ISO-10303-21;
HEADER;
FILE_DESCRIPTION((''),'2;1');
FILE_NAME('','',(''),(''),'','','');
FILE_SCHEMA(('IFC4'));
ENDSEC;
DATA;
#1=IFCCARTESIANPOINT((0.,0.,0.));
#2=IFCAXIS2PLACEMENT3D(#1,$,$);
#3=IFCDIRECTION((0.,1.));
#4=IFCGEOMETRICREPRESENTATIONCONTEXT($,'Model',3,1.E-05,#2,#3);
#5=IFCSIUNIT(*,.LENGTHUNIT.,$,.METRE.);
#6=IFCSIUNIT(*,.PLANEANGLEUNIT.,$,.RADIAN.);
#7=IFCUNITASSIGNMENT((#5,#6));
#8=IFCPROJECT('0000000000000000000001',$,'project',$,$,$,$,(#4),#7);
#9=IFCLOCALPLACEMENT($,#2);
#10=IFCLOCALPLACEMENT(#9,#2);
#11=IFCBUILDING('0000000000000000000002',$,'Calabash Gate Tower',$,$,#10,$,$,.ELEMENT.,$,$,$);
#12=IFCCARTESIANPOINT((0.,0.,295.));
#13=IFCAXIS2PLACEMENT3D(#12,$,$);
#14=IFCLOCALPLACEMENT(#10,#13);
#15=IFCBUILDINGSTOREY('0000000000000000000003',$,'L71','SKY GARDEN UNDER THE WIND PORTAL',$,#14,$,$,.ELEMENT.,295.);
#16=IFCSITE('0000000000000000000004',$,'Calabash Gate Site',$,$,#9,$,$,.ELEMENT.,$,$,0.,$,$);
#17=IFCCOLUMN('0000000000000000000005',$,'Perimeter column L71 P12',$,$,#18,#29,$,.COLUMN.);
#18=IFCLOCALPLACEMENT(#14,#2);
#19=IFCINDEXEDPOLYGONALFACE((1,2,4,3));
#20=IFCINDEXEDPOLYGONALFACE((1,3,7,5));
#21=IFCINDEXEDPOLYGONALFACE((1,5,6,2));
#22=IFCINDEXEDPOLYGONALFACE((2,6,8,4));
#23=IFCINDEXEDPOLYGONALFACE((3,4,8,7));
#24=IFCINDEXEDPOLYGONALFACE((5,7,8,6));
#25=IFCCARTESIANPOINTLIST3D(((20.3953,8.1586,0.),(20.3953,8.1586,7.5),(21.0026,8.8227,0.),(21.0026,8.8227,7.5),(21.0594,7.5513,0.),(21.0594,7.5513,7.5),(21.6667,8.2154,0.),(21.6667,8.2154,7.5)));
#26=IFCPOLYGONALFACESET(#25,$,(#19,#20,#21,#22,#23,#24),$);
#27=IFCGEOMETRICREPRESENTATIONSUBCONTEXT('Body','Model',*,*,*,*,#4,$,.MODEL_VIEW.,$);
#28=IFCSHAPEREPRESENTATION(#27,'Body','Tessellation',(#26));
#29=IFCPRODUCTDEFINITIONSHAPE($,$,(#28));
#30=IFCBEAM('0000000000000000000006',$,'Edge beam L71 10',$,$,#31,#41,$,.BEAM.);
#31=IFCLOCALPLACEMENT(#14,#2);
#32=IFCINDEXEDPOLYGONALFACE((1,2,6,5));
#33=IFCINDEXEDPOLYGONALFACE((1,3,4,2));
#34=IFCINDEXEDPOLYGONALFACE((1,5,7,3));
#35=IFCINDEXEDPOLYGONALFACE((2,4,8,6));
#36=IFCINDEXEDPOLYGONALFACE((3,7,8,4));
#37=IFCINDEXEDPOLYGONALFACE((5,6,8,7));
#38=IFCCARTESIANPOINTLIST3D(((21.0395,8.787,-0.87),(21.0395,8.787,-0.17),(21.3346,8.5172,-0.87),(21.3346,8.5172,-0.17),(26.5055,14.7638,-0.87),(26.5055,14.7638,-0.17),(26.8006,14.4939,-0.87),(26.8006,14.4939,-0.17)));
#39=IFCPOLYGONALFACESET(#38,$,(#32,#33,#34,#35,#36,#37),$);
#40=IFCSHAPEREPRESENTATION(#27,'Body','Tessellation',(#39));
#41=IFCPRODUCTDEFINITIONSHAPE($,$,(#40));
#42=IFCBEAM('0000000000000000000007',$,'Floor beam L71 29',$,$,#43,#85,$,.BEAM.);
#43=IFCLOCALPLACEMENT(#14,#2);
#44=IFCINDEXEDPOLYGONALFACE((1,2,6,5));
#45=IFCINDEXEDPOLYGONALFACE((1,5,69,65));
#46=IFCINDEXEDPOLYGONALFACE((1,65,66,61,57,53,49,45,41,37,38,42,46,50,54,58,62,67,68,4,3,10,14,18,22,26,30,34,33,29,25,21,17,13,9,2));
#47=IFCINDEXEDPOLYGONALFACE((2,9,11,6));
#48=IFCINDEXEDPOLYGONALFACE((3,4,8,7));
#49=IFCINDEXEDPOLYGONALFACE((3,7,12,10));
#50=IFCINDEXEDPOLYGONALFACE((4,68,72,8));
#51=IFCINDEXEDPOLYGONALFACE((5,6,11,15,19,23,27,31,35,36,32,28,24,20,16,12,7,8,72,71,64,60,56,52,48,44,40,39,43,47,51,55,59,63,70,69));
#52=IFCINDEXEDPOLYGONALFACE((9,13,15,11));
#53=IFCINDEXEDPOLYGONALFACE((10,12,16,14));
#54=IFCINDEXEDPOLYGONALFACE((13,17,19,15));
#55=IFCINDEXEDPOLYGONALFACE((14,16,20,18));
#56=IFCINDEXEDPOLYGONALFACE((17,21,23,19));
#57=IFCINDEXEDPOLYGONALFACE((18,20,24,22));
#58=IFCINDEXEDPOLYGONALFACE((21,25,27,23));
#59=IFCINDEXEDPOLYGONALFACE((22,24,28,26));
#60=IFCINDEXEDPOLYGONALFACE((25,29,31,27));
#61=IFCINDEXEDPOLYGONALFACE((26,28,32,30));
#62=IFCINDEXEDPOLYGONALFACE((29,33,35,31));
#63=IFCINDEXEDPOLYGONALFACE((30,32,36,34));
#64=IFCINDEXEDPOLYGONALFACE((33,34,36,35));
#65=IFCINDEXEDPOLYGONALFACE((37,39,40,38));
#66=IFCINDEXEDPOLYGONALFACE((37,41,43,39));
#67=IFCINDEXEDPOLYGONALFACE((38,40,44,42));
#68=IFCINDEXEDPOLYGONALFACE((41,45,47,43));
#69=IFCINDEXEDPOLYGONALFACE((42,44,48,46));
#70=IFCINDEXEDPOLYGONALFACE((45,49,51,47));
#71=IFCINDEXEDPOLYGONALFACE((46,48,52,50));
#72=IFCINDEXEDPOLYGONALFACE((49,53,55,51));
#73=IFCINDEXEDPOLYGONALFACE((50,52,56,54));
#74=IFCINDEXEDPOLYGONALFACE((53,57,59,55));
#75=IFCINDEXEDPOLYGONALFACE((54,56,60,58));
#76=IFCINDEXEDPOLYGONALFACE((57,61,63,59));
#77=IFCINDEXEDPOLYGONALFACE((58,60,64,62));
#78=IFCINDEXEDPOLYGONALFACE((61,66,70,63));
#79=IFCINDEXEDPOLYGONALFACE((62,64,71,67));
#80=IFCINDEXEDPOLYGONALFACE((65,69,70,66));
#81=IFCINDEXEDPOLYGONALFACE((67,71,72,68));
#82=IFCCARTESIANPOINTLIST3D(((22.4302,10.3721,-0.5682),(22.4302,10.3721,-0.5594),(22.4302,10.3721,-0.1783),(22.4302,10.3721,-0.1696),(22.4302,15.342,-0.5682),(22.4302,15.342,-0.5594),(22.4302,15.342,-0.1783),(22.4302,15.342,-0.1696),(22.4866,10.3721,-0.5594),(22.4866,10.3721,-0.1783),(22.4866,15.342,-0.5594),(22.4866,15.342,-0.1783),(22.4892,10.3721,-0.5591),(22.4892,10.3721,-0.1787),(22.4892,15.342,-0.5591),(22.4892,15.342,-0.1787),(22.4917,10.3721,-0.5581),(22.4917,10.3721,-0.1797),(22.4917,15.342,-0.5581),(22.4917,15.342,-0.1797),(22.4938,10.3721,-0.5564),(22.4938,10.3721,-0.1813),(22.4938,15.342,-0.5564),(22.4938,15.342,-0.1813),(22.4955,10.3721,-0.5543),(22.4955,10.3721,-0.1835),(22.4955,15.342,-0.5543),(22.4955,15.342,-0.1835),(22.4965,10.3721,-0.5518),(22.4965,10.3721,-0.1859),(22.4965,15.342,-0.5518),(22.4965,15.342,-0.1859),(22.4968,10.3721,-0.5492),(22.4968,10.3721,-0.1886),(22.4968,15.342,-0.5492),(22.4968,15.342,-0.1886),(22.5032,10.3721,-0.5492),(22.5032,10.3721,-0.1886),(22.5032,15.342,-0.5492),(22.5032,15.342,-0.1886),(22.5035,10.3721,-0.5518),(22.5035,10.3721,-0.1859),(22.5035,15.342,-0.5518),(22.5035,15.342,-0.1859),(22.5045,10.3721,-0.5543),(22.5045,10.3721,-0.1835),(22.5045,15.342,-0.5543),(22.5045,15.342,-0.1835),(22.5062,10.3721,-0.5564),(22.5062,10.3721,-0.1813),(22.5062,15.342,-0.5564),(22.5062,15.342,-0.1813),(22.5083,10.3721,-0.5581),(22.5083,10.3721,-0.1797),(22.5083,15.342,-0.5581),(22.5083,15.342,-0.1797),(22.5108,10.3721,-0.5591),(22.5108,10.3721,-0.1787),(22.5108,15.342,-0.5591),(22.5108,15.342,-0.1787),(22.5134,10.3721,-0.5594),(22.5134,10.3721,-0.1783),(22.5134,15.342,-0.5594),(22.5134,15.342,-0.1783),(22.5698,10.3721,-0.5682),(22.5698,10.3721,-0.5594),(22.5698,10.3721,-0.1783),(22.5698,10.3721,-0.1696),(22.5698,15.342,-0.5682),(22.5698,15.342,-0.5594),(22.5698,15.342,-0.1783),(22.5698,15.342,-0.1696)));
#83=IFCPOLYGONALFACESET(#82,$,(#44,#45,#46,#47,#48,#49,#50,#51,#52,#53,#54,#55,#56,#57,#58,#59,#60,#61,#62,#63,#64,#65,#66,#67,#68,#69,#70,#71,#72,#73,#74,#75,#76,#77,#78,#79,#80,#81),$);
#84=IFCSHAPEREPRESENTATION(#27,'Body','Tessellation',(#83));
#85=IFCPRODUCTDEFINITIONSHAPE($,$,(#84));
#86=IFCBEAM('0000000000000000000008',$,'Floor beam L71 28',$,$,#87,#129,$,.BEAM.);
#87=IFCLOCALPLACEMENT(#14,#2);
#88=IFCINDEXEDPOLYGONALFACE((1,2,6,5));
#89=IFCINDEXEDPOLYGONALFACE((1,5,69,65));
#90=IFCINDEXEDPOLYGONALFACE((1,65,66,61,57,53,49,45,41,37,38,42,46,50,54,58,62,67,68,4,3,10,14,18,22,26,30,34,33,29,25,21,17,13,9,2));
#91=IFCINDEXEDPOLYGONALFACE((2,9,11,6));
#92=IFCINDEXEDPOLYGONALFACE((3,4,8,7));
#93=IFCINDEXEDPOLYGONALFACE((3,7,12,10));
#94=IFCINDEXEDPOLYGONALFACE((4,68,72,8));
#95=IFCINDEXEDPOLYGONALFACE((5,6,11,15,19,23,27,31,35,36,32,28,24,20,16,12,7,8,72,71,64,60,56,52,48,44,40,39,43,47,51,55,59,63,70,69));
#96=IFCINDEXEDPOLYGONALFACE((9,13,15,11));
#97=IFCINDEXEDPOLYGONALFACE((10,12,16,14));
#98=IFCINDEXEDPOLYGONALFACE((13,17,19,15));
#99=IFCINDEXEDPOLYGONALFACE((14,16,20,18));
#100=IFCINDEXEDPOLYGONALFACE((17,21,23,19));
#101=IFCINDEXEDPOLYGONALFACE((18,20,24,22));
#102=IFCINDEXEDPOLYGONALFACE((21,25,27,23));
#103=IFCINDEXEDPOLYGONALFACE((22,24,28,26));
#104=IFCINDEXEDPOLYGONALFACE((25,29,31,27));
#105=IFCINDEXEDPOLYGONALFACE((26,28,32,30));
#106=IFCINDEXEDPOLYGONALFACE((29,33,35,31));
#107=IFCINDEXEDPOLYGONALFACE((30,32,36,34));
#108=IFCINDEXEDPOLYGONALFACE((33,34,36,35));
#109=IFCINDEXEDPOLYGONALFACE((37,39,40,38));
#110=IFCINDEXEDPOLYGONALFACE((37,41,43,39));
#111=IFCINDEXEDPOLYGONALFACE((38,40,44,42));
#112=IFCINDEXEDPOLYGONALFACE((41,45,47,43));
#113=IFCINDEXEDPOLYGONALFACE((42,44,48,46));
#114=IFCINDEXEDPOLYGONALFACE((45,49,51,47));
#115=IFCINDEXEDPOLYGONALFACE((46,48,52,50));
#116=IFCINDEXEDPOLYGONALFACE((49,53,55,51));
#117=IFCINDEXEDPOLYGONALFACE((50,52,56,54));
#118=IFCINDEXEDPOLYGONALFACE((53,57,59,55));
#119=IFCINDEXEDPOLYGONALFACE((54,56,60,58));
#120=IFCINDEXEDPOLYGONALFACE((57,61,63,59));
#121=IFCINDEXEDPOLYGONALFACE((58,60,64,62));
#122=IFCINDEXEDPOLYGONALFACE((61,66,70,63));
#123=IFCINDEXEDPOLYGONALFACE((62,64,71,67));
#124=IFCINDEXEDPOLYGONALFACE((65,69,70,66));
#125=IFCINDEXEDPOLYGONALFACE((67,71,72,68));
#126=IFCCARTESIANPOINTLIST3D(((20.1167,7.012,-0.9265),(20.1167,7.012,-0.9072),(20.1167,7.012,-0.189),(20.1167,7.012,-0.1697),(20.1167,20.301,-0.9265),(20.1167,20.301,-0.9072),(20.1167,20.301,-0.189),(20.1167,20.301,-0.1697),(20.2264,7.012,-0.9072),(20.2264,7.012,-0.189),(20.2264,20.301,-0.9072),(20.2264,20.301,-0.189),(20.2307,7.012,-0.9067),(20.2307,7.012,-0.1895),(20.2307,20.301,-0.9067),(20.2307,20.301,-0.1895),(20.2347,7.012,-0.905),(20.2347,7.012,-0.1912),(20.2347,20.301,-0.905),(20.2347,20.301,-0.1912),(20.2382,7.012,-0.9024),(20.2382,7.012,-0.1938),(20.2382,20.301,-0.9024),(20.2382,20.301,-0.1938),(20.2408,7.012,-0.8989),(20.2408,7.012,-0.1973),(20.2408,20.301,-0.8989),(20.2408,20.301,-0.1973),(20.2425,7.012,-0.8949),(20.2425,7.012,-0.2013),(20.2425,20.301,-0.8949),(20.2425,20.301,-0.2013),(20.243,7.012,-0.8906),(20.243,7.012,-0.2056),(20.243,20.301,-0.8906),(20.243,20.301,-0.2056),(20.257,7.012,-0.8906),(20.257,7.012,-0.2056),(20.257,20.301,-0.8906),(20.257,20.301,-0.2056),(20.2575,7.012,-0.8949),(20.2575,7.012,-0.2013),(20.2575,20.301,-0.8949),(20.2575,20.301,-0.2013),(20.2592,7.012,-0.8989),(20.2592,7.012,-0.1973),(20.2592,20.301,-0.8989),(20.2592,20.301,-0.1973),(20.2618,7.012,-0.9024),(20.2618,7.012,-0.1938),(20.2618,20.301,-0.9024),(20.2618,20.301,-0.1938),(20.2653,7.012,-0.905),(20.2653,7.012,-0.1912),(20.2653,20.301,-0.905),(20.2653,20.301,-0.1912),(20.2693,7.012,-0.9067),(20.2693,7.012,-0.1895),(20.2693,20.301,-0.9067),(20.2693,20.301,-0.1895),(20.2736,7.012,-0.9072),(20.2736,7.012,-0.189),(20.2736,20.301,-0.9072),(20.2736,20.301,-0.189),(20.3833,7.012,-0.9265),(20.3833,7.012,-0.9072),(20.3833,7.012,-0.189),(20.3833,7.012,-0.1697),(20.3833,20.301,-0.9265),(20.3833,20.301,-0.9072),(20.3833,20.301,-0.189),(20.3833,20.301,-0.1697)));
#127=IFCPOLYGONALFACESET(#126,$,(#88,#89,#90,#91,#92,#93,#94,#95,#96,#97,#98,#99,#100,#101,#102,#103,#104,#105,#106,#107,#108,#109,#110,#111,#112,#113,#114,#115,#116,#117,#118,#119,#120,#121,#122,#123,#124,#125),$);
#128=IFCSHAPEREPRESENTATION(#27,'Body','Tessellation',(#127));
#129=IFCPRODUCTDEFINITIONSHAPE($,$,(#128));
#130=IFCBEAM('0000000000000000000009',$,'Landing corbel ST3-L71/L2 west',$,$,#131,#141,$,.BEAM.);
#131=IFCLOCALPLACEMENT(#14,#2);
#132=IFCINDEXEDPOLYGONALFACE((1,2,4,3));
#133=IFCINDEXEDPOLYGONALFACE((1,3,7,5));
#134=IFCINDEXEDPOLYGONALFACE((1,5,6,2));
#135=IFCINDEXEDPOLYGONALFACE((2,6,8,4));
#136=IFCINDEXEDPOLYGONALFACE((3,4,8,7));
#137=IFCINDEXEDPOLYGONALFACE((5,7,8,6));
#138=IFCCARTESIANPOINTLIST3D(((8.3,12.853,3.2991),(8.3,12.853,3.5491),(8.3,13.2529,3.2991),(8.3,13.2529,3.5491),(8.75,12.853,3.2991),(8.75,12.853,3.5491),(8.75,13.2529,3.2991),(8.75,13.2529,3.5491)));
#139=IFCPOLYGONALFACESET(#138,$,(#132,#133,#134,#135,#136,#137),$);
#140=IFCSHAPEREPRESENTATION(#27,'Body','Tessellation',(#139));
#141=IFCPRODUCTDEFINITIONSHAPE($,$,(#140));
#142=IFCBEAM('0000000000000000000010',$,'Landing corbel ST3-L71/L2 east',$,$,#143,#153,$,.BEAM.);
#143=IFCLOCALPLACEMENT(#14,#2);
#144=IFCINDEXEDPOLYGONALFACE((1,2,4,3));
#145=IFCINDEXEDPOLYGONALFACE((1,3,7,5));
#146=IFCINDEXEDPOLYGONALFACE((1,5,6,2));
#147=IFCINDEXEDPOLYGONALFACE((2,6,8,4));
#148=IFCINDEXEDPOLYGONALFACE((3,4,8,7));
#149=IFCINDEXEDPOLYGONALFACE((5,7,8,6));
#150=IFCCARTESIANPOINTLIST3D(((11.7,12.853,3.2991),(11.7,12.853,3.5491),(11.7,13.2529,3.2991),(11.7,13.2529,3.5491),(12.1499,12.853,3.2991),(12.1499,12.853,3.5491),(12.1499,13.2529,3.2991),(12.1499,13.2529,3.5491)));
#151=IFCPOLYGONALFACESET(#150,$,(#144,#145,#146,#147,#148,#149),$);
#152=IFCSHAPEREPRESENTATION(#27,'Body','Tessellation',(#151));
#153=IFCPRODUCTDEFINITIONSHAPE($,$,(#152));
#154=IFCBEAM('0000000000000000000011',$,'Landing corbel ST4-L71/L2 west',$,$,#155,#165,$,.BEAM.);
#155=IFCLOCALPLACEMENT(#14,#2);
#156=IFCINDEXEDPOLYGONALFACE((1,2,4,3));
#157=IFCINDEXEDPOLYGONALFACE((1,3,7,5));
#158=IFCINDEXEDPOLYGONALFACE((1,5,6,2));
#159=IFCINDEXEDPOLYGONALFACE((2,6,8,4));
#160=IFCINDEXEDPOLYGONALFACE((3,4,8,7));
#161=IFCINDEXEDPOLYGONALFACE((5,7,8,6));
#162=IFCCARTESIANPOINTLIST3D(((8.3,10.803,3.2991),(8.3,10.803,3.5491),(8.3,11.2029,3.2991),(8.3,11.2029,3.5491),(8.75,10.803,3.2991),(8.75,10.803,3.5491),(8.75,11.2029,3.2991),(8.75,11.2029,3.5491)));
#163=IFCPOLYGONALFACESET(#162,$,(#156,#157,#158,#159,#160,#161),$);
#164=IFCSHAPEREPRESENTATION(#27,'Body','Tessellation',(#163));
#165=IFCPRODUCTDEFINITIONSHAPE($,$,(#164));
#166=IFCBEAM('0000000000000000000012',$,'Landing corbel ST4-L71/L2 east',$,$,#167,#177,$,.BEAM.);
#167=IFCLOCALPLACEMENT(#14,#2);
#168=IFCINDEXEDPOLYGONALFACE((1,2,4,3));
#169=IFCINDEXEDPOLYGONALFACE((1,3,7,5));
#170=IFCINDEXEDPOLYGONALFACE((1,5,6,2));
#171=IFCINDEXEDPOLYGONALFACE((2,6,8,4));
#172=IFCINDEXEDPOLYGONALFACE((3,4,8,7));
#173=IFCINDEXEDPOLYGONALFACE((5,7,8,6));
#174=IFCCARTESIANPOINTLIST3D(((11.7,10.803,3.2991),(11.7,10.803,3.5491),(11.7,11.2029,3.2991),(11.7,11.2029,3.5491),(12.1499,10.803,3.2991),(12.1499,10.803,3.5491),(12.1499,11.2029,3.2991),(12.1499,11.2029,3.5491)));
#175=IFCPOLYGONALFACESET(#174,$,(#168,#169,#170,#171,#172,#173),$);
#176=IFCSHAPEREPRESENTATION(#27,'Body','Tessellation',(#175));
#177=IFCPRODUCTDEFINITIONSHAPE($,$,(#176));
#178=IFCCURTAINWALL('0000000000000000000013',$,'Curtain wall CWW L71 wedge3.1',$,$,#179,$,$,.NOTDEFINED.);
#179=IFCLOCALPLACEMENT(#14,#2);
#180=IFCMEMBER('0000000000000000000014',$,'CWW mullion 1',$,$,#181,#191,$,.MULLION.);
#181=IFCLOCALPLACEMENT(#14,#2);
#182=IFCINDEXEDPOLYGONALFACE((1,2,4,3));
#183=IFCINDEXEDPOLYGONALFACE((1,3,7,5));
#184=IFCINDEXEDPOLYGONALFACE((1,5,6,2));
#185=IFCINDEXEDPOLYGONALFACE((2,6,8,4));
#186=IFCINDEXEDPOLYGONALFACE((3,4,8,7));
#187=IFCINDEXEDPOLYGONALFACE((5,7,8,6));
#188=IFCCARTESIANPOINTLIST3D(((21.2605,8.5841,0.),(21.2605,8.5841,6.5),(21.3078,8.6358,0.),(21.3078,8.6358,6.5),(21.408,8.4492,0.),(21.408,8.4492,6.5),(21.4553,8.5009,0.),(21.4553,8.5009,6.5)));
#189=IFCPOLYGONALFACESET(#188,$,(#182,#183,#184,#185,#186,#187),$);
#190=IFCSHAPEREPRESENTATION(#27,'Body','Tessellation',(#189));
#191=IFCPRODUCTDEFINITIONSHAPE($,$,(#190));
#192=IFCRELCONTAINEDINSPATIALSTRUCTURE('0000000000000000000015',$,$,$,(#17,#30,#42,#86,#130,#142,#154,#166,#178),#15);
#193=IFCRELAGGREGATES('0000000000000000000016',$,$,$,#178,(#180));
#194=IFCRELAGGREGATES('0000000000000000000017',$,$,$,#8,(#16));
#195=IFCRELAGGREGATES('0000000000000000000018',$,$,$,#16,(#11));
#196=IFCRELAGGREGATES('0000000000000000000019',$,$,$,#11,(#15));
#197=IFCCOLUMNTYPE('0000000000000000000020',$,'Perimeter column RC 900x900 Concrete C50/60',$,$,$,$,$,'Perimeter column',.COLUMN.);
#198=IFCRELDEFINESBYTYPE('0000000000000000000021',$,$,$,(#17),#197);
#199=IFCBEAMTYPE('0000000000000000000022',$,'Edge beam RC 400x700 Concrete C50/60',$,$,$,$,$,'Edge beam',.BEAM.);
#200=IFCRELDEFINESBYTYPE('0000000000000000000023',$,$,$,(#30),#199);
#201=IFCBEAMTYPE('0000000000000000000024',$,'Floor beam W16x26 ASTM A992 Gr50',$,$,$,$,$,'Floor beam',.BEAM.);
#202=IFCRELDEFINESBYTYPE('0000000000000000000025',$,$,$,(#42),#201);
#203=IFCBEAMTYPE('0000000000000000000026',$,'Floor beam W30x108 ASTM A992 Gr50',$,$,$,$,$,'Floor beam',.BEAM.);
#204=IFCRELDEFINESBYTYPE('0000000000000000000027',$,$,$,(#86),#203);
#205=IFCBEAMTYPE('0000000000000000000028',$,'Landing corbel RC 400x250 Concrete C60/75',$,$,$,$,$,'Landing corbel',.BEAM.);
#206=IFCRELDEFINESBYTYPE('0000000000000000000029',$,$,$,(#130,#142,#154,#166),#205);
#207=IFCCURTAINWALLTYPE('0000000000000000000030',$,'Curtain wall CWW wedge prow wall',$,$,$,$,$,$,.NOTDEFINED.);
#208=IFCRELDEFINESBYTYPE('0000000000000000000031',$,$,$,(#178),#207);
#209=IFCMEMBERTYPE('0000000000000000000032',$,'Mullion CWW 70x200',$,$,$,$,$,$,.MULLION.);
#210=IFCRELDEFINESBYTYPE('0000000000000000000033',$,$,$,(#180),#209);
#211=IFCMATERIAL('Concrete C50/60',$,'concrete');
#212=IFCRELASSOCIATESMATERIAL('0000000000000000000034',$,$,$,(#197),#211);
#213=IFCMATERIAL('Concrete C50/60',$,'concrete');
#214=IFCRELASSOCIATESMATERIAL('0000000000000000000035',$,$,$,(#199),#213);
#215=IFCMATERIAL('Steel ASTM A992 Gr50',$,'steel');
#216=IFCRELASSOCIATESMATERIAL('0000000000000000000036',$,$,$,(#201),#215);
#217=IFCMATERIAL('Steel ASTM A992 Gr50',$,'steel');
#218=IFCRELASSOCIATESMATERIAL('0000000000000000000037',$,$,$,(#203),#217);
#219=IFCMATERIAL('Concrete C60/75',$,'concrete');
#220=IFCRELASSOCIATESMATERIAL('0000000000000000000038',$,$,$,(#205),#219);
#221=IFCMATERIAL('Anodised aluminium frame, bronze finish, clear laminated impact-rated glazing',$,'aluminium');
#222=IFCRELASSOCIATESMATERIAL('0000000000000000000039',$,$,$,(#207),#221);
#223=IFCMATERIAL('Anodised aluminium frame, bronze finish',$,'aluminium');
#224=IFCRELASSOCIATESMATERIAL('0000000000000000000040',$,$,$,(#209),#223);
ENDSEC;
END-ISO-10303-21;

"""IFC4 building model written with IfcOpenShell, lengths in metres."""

from ifc_helpers import new_model, si_unit, direction, frame, origin, origin_2d, place, context, subcontext, project, spatial, rectangle, i_section, extrude, material, material_profile, profile_set, type_object, element, aggregate, save


model = new_model("IFC4")

# Units and contexts
model_context = context("Model", 3, precision=1e-05, world=origin(), true_north=direction((0.0, 1.0)))
body_context = subcontext(model_context, "Body", "Model", "MODEL_VIEW")
ifc_project = project(units=[si_unit("LENGTHUNIT", "METRE"), si_unit("PLANEANGLEUNIT", "RADIAN")], contexts=[model_context])

# Site, building, storey
site_placement = place(None, origin())
site = spatial("IfcSite", under=ifc_project, at=site_placement, Name="Calabash Gate Site", CompositionType="ELEMENT", RefElevation=0.0)
building_placement = place(site_placement, origin())
building = spatial("IfcBuilding", under=site, at=building_placement, Name="Calabash Gate Tower", CompositionType="ELEMENT")
storey_placement = place(building_placement, frame((0.0, 0.0, 295.0)))
storey = spatial("IfcBuildingStorey", under=building, at=storey_placement, Name="L71", Description="SKY GARDEN UNDER THE WIND PORTAL", CompositionType="ELEMENT", Elevation=295.0)

# Column
ifc_material_1 = material(Name="Concrete C50/60", Category="concrete")
ifc_material_profile_1 = material_profile(ifc_material_1, rectangle(XDim=0.8999, YDim=0.8999, at=origin_2d()))
ifc_profile_set_1 = profile_set([ifc_material_profile_1], Name="Concrete C50/60")
column_type = type_object("IfcColumnType", Name="Perimeter column RC 900x900 Concrete C50/60", ElementType="Perimeter column", PredefinedType="COLUMN", material=ifc_profile_set_1)
column_placement = place(storey_placement, frame((21.031, 8.187, 0.0), z_axis=(0.0, 0.0, 1.0), x_axis=(0.674856, 0.737949, 0.0)))
element("IfcColumn", 1, at=column_placement, inside=storey, type_object=column_type, Name="Perimeter column L71 P12", PredefinedType="COLUMN", context=body_context, shape_type="SweptSolid", body=[
    extrude(rectangle(XDim=0.8999, YDim=0.8999, at=origin_2d()), origin(), (0.0, 0.0, 1.0), 7.5),
])

# Beams
ifc_material_2 = material(Name="Concrete C50/60", Category="concrete")
ifc_material_profile_2 = material_profile(ifc_material_2, rectangle(XDim=0.3999, YDim=0.7, at=origin_2d()))
ifc_profile_set_2 = profile_set([ifc_material_profile_2], Name="Concrete C50/60")
beam_type_1 = type_object("IfcBeamType", Name="Edge beam RC 400x700 Concrete C50/60", ElementType="Edge beam", PredefinedType="BEAM", material=ifc_profile_set_2)
beam_1_placement = place(storey_placement, frame((21.187, 8.6521, -0.52), z_axis=(0.674874, 0.737933, 0.0), x_axis=(-0.737933, 0.674874, 0.0)))
element("IfcBeam", 2, at=beam_1_placement, inside=storey, type_object=beam_type_1, Name="Edge beam L71 10", PredefinedType="BEAM", context=body_context, shape_type="SweptSolid", body=[
    extrude(rectangle(XDim=0.3999, YDim=0.7, at=origin_2d()), origin(), (0.0, 0.0, 1.0), 8.0994),
])
ifc_material_3 = material(Name="Steel ASTM A992 Gr50", Category="steel")
ifc_material_profile_3 = material_profile(ifc_material_3, i_section(OverallWidth=0.1396, OverallDepth=0.3987, WebThickness=0.0063, FlangeThickness=0.0088, FilletRadius=0.0103, at=origin_2d()))
ifc_profile_set_3 = profile_set([ifc_material_profile_3], Name="Steel ASTM A992 Gr50")
beam_type_2 = type_object("IfcBeamType", Name="Floor beam W16x26 ASTM A992 Gr50", ElementType="Floor beam", PredefinedType="BEAM", material=ifc_profile_set_3)
beam_2_placement = place(storey_placement, frame((22.5, 10.3721, -0.3689), z_axis=(0.0, 1.0, 0.0), x_axis=(-1.0, 0.0, 0.0)))
element("IfcBeam", 3, at=beam_2_placement, inside=storey, type_object=beam_type_2, Name="Floor beam L71 29", PredefinedType="BEAM", context=body_context, shape_type="SweptSolid", body=[
    extrude(i_section(OverallWidth=0.1396, OverallDepth=0.3987, WebThickness=0.0063, FlangeThickness=0.0088, FilletRadius=0.0103, at=origin_2d()), origin(), (0.0, 0.0, 1.0), 4.97),
])
ifc_material_4 = material(Name="Steel ASTM A992 Gr50", Category="steel")
ifc_material_profile_4 = material_profile(ifc_material_4, i_section(OverallWidth=0.2666, OverallDepth=0.7568, WebThickness=0.0139, FlangeThickness=0.0193, FilletRadius=0.0166, at=origin_2d()))
ifc_profile_set_4 = profile_set([ifc_material_profile_4], Name="Steel ASTM A992 Gr50")
beam_type_3 = type_object("IfcBeamType", Name="Floor beam W30x108 ASTM A992 Gr50", ElementType="Floor beam", PredefinedType="BEAM", material=ifc_profile_set_4)
beam_3_placement = place(storey_placement, frame((20.25, 7.012, -0.5481), z_axis=(0.0, 1.0, 0.0), x_axis=(-1.0, 0.0, 0.0)))
element("IfcBeam", 4, at=beam_3_placement, inside=storey, type_object=beam_type_3, Name="Floor beam L71 28", PredefinedType="BEAM", context=body_context, shape_type="SweptSolid", body=[
    extrude(i_section(OverallWidth=0.2666, OverallDepth=0.7568, WebThickness=0.0139, FlangeThickness=0.0193, FilletRadius=0.0166, at=origin_2d()), origin(), (0.0, 0.0, 1.0), 13.2891),
])
ifc_material_5 = material(Name="Concrete C60/75", Category="concrete")
ifc_material_profile_5 = material_profile(ifc_material_5, rectangle(XDim=0.3999, YDim=0.25, at=origin_2d()))
ifc_profile_set_5 = profile_set([ifc_material_profile_5], Name="Concrete C60/75")
beam_type_4 = type_object("IfcBeamType", Name="Landing corbel RC 400x250 Concrete C60/75", ElementType="Landing corbel", PredefinedType="BEAM", material=ifc_profile_set_5)
for number, where, z_axis, x_axis, name in (
    (5, (8.3, 13.053, 3.4241), (1.0, 0.0, 0.0), (0.0, 1.0, 0.0), "Landing corbel ST3-L71/L2 west"),
    (6, (12.1499, 13.053, 3.4241), (-1.0, 0.0, 0.0), (0.0, -1.0, 0.0), "Landing corbel ST3-L71/L2 east"),
    (7, (8.3, 11.0029, 3.4241), (1.0, 0.0, 0.0), (0.0, 1.0, 0.0), "Landing corbel ST4-L71/L2 west"),
    (8, (12.1499, 11.0029, 3.4241), (-1.0, 0.0, 0.0), (0.0, -1.0, 0.0), "Landing corbel ST4-L71/L2 east"),
):
    element("IfcBeam", number, at=place(storey_placement, frame(where, z_axis=z_axis, x_axis=x_axis)), inside=storey, type_object=beam_type_4, Name=name, PredefinedType="BEAM", context=body_context, shape_type="SweptSolid", body=[
        extrude(rectangle(XDim=0.3999, YDim=0.25, at=origin_2d()), origin(), (0.0, 0.0, 1.0), 0.45),
    ])

# Curtain wall, member
ifc_material_6 = material(Name="Anodised aluminium frame, bronze finish, clear laminated impact-rated glazing", Category="aluminium")
curtain_wall_type = type_object("IfcCurtainWallType", Name="Curtain wall CWW wedge prow wall", PredefinedType="NOTDEFINED", material=ifc_material_6)
curtain_wall_placement = place(storey_placement, origin())
curtain_wall = element("IfcCurtainWall", 9, at=curtain_wall_placement, inside=storey, type_object=curtain_wall_type, Name="Curtain wall CWW L71 wedge3.1", PredefinedType="NOTDEFINED")
ifc_material_7 = material(Name="Anodised aluminium frame, bronze finish", Category="aluminium")
ifc_material_profile_6 = material_profile(ifc_material_7, rectangle(XDim=0.2, YDim=0.0701, at=origin_2d()))
ifc_profile_set_6 = profile_set([ifc_material_profile_6], Name="Anodised aluminium frame, bronze finish")
member_type_1 = type_object("IfcMemberType", Name="Mullion CWW 70x200", PredefinedType="MULLION", material=ifc_profile_set_6)
member_1_placement = place(storey_placement, frame((21.3579, 8.5425, 0.0), z_axis=(0.0, 0.0, 1.0), x_axis=(-0.73795, 0.674856, 0.0)))
member_1 = element("IfcMember", 10, at=member_1_placement, type_object=member_type_1, Name="CWW mullion 1", PredefinedType="MULLION", context=body_context, shape_type="SweptSolid", body=[
    extrude(rectangle(XDim=0.2, YDim=0.0701, at=origin_2d()), origin(), (0.0, 0.0, 1.0), 6.5),
])
aggregate(curtain_wall, [member_1])

save(model, "model.ifc")
